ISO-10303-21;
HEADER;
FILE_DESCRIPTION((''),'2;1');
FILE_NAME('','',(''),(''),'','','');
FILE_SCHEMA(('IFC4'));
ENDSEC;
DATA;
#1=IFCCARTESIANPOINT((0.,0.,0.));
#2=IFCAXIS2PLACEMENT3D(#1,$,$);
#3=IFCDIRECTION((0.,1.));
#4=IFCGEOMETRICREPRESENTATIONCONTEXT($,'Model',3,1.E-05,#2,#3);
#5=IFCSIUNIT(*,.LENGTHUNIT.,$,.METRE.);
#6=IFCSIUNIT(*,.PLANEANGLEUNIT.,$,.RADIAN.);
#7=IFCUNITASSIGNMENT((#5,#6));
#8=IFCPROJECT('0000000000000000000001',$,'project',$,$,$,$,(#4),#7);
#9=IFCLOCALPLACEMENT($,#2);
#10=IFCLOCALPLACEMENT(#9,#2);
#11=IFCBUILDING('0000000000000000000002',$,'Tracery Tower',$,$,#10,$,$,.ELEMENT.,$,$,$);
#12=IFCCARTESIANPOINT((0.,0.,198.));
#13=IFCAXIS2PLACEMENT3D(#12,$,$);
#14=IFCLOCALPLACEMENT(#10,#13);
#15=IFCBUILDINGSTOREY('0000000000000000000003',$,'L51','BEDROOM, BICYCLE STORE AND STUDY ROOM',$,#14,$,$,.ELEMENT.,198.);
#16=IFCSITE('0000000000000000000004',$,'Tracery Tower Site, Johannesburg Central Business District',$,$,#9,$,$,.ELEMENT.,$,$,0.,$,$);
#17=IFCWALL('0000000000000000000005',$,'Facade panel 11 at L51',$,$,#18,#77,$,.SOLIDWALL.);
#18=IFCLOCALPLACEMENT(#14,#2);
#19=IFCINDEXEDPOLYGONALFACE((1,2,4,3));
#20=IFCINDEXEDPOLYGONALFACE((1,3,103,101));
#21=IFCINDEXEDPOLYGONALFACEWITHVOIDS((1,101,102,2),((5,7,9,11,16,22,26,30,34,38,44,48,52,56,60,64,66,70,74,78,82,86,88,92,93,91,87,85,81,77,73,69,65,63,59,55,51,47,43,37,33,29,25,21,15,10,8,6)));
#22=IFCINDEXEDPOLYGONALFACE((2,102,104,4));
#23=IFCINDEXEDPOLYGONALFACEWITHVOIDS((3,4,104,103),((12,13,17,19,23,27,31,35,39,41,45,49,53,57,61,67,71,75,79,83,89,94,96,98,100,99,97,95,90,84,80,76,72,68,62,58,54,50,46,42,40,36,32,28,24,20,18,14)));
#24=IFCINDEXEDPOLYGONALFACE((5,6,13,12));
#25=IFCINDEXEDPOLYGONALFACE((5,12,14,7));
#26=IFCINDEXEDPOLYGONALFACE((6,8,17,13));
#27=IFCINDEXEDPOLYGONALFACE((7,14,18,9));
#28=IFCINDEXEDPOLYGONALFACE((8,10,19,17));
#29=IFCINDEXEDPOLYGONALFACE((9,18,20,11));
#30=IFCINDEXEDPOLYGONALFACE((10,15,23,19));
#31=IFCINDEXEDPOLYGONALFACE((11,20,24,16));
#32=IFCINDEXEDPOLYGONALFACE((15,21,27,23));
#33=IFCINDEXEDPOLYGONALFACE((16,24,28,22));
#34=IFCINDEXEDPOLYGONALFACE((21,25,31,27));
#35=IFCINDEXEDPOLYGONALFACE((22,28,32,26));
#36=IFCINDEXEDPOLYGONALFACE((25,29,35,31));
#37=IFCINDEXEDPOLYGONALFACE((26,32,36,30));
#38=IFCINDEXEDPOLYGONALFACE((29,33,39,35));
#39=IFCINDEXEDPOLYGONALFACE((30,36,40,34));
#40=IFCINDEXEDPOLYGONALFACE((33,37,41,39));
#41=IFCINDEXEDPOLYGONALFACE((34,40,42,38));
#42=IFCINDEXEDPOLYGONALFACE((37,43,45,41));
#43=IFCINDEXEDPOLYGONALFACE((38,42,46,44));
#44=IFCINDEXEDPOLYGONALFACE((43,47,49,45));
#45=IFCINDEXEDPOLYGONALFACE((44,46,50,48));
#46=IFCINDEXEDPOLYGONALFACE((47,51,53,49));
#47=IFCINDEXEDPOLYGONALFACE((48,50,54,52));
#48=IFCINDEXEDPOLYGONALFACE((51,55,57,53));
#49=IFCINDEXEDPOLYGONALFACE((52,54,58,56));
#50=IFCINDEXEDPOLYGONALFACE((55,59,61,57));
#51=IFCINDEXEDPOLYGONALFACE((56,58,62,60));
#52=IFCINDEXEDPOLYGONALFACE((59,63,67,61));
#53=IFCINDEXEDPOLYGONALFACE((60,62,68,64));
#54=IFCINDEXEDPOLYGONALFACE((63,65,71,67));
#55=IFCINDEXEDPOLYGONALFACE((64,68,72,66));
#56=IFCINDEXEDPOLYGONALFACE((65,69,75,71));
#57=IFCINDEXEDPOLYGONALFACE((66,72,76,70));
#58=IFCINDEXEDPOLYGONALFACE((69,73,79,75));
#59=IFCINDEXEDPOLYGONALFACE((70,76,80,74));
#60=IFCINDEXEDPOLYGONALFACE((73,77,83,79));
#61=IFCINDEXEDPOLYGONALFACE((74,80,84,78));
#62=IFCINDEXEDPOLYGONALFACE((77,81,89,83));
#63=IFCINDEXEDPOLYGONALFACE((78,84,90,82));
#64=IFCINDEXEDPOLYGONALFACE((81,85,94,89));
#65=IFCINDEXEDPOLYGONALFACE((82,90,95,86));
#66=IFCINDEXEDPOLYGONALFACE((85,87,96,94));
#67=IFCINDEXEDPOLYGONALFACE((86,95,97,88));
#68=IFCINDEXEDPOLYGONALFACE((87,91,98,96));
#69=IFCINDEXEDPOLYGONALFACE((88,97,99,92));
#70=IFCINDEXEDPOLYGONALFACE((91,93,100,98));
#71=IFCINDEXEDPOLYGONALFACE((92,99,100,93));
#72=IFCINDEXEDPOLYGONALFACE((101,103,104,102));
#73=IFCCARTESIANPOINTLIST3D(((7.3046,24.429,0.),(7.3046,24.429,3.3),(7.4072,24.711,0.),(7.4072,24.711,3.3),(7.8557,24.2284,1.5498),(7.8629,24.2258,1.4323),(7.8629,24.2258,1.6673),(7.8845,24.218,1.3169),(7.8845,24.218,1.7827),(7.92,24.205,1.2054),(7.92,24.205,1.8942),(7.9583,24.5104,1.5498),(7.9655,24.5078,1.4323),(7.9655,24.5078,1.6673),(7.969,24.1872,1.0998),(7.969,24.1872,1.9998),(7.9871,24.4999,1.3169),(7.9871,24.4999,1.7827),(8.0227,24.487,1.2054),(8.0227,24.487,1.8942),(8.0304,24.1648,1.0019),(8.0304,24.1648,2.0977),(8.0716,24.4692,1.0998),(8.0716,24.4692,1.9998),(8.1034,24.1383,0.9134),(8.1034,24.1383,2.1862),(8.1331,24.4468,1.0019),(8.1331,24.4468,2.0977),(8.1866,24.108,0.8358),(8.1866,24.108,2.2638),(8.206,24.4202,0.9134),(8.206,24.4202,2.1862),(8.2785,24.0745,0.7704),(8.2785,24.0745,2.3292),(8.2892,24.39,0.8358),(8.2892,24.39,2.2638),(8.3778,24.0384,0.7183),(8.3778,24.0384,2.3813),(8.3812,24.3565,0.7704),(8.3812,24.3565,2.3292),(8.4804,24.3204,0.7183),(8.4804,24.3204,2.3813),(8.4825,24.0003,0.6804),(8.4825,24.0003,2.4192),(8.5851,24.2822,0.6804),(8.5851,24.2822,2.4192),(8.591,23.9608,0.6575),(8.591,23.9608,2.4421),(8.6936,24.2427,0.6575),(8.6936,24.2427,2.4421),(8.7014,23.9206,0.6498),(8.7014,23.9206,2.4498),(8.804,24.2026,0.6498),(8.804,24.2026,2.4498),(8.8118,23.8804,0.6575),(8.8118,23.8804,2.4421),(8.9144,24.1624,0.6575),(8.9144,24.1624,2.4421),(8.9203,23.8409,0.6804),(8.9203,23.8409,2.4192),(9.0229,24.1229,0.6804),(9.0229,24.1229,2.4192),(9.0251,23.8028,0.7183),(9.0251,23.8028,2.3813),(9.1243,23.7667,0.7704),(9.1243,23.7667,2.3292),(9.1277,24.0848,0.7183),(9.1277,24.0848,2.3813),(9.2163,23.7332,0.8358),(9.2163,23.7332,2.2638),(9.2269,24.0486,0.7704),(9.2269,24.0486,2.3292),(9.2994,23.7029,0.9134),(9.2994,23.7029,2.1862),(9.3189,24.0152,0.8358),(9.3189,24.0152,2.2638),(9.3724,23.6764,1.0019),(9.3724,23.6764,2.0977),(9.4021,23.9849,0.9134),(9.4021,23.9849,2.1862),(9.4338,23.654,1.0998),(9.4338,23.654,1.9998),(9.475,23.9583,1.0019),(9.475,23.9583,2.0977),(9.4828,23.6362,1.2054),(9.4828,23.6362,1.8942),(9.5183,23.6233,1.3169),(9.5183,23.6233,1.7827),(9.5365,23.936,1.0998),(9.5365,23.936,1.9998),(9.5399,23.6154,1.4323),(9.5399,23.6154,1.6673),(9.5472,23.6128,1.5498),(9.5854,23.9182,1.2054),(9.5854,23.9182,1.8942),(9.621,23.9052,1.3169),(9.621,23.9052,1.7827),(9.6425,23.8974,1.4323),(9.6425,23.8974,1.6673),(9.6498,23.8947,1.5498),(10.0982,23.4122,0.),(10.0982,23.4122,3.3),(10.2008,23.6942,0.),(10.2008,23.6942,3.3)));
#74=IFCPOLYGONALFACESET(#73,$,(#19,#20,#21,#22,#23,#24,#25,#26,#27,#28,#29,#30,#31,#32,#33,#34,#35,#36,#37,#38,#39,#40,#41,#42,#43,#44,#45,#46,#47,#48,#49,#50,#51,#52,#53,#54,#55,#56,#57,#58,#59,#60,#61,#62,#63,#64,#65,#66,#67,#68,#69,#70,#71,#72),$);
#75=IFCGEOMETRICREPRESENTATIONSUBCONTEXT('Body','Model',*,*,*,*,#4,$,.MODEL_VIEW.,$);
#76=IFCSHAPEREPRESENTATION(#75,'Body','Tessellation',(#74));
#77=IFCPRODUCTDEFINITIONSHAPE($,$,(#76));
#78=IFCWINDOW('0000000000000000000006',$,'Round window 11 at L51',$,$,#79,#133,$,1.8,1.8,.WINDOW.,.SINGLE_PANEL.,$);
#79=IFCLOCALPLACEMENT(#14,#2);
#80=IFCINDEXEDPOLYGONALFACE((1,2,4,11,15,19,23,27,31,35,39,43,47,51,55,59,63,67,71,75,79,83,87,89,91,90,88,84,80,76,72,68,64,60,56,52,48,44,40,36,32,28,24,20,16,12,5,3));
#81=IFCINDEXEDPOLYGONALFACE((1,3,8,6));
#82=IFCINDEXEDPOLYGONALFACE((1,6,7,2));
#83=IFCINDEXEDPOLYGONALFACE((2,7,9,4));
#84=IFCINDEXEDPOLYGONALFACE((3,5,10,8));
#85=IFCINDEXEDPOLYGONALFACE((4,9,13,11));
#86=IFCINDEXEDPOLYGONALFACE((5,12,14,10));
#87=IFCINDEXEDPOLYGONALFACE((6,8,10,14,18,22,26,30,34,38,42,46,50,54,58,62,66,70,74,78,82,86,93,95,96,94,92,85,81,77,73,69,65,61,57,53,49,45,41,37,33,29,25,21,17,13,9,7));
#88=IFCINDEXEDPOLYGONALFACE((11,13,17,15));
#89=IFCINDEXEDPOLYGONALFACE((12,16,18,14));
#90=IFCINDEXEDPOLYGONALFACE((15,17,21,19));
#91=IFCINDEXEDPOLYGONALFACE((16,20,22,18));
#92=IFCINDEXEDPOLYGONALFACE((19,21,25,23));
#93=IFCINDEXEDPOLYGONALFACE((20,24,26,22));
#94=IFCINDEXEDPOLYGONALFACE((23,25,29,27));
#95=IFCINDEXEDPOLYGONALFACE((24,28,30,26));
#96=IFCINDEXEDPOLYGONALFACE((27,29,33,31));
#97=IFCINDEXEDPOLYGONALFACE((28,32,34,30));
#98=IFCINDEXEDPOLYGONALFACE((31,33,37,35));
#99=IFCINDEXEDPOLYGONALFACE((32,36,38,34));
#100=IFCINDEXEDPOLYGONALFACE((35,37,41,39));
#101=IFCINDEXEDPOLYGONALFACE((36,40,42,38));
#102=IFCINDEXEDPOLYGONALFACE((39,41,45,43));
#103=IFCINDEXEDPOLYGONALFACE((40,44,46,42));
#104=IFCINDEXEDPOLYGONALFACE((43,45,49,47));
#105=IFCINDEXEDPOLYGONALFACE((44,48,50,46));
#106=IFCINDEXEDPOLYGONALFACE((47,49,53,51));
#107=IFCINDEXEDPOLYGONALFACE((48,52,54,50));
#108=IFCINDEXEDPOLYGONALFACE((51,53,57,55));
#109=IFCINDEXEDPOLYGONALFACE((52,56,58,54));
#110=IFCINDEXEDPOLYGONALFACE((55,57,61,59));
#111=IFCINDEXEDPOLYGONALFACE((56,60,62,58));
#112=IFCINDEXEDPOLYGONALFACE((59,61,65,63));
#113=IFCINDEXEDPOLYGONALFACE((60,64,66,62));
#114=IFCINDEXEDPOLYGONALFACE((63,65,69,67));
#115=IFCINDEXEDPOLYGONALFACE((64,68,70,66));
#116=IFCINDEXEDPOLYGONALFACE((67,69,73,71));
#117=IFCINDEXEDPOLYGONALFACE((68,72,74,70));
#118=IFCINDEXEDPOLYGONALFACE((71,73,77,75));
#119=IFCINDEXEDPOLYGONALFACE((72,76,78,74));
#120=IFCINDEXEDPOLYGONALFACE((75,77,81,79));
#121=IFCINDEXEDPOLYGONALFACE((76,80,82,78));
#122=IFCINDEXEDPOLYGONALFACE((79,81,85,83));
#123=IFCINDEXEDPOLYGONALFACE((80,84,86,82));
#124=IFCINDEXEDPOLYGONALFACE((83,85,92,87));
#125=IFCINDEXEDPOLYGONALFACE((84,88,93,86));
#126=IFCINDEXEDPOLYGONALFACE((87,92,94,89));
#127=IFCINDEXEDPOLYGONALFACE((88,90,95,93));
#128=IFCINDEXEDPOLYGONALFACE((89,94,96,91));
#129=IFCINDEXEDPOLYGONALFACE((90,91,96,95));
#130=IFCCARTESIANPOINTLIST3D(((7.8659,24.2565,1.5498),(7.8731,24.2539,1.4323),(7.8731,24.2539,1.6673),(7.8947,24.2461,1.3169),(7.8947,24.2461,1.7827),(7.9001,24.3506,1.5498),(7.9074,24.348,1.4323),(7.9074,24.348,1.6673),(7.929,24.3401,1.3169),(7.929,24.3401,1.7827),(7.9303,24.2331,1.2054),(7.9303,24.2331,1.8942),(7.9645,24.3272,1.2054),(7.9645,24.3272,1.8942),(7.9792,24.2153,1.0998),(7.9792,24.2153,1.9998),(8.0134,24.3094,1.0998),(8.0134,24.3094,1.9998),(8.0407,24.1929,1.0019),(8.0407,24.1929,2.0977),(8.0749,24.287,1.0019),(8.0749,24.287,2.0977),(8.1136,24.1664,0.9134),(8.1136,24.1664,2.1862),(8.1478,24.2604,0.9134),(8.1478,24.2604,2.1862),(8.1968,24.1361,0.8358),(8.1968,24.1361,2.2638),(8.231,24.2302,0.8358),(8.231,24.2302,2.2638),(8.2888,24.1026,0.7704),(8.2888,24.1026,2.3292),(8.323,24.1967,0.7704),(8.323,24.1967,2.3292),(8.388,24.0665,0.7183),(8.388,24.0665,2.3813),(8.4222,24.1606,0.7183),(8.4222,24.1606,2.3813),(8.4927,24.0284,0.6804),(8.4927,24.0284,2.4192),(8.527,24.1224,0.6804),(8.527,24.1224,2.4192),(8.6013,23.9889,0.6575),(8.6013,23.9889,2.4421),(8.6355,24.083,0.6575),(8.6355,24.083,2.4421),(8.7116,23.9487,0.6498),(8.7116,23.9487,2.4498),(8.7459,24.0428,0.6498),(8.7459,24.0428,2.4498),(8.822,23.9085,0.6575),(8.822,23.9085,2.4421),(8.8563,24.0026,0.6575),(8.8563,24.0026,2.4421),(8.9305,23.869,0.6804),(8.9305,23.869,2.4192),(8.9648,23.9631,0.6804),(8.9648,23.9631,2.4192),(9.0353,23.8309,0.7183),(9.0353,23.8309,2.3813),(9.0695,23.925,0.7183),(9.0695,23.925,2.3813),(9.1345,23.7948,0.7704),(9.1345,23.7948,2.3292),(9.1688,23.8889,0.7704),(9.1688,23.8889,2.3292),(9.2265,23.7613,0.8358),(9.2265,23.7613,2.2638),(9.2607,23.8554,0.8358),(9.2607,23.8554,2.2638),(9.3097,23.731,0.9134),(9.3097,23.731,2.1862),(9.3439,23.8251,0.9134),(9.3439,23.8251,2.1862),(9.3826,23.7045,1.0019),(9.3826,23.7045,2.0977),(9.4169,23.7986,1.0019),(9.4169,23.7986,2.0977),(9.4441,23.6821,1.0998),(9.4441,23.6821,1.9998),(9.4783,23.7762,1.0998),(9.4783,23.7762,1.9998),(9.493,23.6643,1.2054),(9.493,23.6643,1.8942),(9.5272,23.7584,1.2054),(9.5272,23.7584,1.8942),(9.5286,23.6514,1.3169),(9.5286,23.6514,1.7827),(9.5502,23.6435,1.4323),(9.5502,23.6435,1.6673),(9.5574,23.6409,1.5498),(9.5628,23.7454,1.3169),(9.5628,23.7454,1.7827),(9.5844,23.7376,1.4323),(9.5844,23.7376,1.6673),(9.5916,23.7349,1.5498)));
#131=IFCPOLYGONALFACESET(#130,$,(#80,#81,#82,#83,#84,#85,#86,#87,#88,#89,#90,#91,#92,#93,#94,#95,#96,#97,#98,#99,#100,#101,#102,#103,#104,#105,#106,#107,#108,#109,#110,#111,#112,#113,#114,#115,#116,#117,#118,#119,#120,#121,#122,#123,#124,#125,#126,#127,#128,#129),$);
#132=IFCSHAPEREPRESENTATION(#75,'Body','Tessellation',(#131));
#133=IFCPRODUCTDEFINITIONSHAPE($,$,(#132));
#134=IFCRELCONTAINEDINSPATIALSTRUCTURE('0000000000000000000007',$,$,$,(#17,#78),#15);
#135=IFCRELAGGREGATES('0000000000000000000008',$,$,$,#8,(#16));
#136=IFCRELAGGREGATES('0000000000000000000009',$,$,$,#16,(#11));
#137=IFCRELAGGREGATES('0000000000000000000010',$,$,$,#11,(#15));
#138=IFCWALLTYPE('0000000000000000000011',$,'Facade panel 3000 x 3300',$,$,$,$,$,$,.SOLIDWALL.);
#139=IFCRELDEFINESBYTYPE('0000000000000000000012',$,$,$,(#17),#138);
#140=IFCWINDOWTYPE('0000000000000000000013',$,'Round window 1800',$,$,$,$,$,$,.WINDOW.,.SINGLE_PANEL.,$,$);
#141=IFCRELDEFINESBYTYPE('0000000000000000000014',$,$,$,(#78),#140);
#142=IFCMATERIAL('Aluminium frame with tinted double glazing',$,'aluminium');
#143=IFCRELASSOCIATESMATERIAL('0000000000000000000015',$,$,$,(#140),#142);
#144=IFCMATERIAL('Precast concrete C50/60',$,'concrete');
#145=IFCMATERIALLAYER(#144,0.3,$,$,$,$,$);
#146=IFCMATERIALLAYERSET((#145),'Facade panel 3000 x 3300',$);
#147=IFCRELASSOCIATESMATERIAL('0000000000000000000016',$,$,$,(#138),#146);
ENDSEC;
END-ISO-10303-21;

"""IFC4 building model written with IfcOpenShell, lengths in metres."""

from ifc_helpers import new_model, si_unit, direction, frame, frame_2d, origin, origin_2d, place, context, subcontext, project, spatial, rectangle, circle, extrude, material, layer, layer_set, type_object, element, fill, save


model = new_model("IFC4")

# Units and contexts
model_context = context("Model", 3, precision=1e-05, world=origin(), true_north=direction((0.0, 1.0)))
body_context = subcontext(model_context, "Body", "Model", "MODEL_VIEW")
ifc_project = project(units=[si_unit("LENGTHUNIT", "METRE"), si_unit("PLANEANGLEUNIT", "RADIAN")], contexts=[model_context])

# Site, building, storey
site_placement = place(None, origin())
site = spatial("IfcSite", under=ifc_project, at=site_placement, Name="Tracery Tower Site, Johannesburg Central Business District", CompositionType="ELEMENT", RefElevation=0.0)
building_placement = place(site_placement, origin())
building = spatial("IfcBuilding", under=site, at=building_placement, Name="Tracery Tower", CompositionType="ELEMENT")
storey_placement = place(building_placement, frame((0.0, 0.0, 198.0)))
storey = spatial("IfcBuildingStorey", under=building, at=storey_placement, Name="L51", Description="BEDROOM, BICYCLE STORE AND STUDY ROOM", CompositionType="ELEMENT", Elevation=198.0)

# Wall, opening, window
ifc_material_1 = material(Name="Aluminium frame with tinted double glazing", Category="aluminium")
window_type = type_object("IfcWindowType", Name="Round window 1800", PartitioningType="SINGLE_PANEL", PredefinedType="WINDOW", material=ifc_material_1)
ifc_material_2 = material(Name="Precast concrete C50/60", Category="concrete")
ifc_layer_1 = layer(ifc_material_2, 0.3)
ifc_layer_set_1 = layer_set([ifc_layer_1], Name="Facade panel 3000 x 3300")
wall_type_1 = type_object("IfcWallType", Name="Facade panel 3000 x 3300", PredefinedType="SOLIDWALL", material=ifc_layer_set_1)
wall_1_placement = place(storey_placement, frame((10.1494, 23.5532, 0.0), z_axis=(0.0, 0.0, 1.0), x_axis=(-0.93969, 0.342027, 0.0)))
wall_1 = element("IfcWall", 1, at=wall_1_placement, inside=storey, type_object=wall_type_1, Name="Facade panel 11 at L51", PredefinedType="SOLIDWALL", context=body_context, shape_type="SweptSolid", body=[
    extrude(rectangle(XDim=2.9729, YDim=0.3, at=frame_2d((1.4863, 0.0))), origin(), (0.0, 0.0, 1.0), 3.3),
])
opening_1_placement = place(wall_1_placement, frame((1.4863, 0.0, 1.5498)))
opening_1 = element("IfcOpeningElement", 2, at=opening_1_placement, cuts=wall_1, PredefinedType="OPENING", context=body_context, shape_type="SweptSolid", body=[
    extrude(circle(Radius=0.9, at=origin_2d()), frame((0.0, 0.1599, 0.0), z_axis=(0.0, -1.0, 0.0), x_axis=(1.0, 0.0, 0.0)), (0.0, 0.0, 1.0), 0.3201),
])
window_1_placement = place(opening_1_placement, origin())
window_1 = element("IfcWindow", 3, at=window_1_placement, inside=storey, type_object=window_type, Name="Round window 11 at L51", OverallHeight=1.8, OverallWidth=1.8, PartitioningType="SINGLE_PANEL", PredefinedType="WINDOW", context=body_context, shape_type="SweptSolid", body=[
    extrude(circle(Radius=0.9, at=origin_2d()), frame((0.0, 0.1201, 0.0), z_axis=(0.0, -1.0, 0.0), x_axis=(1.0, 0.0, 0.0)), (0.0, 0.0, 1.0), 0.1001),
])
fill(opening_1, window_1)

save(model, "model.ifc")
